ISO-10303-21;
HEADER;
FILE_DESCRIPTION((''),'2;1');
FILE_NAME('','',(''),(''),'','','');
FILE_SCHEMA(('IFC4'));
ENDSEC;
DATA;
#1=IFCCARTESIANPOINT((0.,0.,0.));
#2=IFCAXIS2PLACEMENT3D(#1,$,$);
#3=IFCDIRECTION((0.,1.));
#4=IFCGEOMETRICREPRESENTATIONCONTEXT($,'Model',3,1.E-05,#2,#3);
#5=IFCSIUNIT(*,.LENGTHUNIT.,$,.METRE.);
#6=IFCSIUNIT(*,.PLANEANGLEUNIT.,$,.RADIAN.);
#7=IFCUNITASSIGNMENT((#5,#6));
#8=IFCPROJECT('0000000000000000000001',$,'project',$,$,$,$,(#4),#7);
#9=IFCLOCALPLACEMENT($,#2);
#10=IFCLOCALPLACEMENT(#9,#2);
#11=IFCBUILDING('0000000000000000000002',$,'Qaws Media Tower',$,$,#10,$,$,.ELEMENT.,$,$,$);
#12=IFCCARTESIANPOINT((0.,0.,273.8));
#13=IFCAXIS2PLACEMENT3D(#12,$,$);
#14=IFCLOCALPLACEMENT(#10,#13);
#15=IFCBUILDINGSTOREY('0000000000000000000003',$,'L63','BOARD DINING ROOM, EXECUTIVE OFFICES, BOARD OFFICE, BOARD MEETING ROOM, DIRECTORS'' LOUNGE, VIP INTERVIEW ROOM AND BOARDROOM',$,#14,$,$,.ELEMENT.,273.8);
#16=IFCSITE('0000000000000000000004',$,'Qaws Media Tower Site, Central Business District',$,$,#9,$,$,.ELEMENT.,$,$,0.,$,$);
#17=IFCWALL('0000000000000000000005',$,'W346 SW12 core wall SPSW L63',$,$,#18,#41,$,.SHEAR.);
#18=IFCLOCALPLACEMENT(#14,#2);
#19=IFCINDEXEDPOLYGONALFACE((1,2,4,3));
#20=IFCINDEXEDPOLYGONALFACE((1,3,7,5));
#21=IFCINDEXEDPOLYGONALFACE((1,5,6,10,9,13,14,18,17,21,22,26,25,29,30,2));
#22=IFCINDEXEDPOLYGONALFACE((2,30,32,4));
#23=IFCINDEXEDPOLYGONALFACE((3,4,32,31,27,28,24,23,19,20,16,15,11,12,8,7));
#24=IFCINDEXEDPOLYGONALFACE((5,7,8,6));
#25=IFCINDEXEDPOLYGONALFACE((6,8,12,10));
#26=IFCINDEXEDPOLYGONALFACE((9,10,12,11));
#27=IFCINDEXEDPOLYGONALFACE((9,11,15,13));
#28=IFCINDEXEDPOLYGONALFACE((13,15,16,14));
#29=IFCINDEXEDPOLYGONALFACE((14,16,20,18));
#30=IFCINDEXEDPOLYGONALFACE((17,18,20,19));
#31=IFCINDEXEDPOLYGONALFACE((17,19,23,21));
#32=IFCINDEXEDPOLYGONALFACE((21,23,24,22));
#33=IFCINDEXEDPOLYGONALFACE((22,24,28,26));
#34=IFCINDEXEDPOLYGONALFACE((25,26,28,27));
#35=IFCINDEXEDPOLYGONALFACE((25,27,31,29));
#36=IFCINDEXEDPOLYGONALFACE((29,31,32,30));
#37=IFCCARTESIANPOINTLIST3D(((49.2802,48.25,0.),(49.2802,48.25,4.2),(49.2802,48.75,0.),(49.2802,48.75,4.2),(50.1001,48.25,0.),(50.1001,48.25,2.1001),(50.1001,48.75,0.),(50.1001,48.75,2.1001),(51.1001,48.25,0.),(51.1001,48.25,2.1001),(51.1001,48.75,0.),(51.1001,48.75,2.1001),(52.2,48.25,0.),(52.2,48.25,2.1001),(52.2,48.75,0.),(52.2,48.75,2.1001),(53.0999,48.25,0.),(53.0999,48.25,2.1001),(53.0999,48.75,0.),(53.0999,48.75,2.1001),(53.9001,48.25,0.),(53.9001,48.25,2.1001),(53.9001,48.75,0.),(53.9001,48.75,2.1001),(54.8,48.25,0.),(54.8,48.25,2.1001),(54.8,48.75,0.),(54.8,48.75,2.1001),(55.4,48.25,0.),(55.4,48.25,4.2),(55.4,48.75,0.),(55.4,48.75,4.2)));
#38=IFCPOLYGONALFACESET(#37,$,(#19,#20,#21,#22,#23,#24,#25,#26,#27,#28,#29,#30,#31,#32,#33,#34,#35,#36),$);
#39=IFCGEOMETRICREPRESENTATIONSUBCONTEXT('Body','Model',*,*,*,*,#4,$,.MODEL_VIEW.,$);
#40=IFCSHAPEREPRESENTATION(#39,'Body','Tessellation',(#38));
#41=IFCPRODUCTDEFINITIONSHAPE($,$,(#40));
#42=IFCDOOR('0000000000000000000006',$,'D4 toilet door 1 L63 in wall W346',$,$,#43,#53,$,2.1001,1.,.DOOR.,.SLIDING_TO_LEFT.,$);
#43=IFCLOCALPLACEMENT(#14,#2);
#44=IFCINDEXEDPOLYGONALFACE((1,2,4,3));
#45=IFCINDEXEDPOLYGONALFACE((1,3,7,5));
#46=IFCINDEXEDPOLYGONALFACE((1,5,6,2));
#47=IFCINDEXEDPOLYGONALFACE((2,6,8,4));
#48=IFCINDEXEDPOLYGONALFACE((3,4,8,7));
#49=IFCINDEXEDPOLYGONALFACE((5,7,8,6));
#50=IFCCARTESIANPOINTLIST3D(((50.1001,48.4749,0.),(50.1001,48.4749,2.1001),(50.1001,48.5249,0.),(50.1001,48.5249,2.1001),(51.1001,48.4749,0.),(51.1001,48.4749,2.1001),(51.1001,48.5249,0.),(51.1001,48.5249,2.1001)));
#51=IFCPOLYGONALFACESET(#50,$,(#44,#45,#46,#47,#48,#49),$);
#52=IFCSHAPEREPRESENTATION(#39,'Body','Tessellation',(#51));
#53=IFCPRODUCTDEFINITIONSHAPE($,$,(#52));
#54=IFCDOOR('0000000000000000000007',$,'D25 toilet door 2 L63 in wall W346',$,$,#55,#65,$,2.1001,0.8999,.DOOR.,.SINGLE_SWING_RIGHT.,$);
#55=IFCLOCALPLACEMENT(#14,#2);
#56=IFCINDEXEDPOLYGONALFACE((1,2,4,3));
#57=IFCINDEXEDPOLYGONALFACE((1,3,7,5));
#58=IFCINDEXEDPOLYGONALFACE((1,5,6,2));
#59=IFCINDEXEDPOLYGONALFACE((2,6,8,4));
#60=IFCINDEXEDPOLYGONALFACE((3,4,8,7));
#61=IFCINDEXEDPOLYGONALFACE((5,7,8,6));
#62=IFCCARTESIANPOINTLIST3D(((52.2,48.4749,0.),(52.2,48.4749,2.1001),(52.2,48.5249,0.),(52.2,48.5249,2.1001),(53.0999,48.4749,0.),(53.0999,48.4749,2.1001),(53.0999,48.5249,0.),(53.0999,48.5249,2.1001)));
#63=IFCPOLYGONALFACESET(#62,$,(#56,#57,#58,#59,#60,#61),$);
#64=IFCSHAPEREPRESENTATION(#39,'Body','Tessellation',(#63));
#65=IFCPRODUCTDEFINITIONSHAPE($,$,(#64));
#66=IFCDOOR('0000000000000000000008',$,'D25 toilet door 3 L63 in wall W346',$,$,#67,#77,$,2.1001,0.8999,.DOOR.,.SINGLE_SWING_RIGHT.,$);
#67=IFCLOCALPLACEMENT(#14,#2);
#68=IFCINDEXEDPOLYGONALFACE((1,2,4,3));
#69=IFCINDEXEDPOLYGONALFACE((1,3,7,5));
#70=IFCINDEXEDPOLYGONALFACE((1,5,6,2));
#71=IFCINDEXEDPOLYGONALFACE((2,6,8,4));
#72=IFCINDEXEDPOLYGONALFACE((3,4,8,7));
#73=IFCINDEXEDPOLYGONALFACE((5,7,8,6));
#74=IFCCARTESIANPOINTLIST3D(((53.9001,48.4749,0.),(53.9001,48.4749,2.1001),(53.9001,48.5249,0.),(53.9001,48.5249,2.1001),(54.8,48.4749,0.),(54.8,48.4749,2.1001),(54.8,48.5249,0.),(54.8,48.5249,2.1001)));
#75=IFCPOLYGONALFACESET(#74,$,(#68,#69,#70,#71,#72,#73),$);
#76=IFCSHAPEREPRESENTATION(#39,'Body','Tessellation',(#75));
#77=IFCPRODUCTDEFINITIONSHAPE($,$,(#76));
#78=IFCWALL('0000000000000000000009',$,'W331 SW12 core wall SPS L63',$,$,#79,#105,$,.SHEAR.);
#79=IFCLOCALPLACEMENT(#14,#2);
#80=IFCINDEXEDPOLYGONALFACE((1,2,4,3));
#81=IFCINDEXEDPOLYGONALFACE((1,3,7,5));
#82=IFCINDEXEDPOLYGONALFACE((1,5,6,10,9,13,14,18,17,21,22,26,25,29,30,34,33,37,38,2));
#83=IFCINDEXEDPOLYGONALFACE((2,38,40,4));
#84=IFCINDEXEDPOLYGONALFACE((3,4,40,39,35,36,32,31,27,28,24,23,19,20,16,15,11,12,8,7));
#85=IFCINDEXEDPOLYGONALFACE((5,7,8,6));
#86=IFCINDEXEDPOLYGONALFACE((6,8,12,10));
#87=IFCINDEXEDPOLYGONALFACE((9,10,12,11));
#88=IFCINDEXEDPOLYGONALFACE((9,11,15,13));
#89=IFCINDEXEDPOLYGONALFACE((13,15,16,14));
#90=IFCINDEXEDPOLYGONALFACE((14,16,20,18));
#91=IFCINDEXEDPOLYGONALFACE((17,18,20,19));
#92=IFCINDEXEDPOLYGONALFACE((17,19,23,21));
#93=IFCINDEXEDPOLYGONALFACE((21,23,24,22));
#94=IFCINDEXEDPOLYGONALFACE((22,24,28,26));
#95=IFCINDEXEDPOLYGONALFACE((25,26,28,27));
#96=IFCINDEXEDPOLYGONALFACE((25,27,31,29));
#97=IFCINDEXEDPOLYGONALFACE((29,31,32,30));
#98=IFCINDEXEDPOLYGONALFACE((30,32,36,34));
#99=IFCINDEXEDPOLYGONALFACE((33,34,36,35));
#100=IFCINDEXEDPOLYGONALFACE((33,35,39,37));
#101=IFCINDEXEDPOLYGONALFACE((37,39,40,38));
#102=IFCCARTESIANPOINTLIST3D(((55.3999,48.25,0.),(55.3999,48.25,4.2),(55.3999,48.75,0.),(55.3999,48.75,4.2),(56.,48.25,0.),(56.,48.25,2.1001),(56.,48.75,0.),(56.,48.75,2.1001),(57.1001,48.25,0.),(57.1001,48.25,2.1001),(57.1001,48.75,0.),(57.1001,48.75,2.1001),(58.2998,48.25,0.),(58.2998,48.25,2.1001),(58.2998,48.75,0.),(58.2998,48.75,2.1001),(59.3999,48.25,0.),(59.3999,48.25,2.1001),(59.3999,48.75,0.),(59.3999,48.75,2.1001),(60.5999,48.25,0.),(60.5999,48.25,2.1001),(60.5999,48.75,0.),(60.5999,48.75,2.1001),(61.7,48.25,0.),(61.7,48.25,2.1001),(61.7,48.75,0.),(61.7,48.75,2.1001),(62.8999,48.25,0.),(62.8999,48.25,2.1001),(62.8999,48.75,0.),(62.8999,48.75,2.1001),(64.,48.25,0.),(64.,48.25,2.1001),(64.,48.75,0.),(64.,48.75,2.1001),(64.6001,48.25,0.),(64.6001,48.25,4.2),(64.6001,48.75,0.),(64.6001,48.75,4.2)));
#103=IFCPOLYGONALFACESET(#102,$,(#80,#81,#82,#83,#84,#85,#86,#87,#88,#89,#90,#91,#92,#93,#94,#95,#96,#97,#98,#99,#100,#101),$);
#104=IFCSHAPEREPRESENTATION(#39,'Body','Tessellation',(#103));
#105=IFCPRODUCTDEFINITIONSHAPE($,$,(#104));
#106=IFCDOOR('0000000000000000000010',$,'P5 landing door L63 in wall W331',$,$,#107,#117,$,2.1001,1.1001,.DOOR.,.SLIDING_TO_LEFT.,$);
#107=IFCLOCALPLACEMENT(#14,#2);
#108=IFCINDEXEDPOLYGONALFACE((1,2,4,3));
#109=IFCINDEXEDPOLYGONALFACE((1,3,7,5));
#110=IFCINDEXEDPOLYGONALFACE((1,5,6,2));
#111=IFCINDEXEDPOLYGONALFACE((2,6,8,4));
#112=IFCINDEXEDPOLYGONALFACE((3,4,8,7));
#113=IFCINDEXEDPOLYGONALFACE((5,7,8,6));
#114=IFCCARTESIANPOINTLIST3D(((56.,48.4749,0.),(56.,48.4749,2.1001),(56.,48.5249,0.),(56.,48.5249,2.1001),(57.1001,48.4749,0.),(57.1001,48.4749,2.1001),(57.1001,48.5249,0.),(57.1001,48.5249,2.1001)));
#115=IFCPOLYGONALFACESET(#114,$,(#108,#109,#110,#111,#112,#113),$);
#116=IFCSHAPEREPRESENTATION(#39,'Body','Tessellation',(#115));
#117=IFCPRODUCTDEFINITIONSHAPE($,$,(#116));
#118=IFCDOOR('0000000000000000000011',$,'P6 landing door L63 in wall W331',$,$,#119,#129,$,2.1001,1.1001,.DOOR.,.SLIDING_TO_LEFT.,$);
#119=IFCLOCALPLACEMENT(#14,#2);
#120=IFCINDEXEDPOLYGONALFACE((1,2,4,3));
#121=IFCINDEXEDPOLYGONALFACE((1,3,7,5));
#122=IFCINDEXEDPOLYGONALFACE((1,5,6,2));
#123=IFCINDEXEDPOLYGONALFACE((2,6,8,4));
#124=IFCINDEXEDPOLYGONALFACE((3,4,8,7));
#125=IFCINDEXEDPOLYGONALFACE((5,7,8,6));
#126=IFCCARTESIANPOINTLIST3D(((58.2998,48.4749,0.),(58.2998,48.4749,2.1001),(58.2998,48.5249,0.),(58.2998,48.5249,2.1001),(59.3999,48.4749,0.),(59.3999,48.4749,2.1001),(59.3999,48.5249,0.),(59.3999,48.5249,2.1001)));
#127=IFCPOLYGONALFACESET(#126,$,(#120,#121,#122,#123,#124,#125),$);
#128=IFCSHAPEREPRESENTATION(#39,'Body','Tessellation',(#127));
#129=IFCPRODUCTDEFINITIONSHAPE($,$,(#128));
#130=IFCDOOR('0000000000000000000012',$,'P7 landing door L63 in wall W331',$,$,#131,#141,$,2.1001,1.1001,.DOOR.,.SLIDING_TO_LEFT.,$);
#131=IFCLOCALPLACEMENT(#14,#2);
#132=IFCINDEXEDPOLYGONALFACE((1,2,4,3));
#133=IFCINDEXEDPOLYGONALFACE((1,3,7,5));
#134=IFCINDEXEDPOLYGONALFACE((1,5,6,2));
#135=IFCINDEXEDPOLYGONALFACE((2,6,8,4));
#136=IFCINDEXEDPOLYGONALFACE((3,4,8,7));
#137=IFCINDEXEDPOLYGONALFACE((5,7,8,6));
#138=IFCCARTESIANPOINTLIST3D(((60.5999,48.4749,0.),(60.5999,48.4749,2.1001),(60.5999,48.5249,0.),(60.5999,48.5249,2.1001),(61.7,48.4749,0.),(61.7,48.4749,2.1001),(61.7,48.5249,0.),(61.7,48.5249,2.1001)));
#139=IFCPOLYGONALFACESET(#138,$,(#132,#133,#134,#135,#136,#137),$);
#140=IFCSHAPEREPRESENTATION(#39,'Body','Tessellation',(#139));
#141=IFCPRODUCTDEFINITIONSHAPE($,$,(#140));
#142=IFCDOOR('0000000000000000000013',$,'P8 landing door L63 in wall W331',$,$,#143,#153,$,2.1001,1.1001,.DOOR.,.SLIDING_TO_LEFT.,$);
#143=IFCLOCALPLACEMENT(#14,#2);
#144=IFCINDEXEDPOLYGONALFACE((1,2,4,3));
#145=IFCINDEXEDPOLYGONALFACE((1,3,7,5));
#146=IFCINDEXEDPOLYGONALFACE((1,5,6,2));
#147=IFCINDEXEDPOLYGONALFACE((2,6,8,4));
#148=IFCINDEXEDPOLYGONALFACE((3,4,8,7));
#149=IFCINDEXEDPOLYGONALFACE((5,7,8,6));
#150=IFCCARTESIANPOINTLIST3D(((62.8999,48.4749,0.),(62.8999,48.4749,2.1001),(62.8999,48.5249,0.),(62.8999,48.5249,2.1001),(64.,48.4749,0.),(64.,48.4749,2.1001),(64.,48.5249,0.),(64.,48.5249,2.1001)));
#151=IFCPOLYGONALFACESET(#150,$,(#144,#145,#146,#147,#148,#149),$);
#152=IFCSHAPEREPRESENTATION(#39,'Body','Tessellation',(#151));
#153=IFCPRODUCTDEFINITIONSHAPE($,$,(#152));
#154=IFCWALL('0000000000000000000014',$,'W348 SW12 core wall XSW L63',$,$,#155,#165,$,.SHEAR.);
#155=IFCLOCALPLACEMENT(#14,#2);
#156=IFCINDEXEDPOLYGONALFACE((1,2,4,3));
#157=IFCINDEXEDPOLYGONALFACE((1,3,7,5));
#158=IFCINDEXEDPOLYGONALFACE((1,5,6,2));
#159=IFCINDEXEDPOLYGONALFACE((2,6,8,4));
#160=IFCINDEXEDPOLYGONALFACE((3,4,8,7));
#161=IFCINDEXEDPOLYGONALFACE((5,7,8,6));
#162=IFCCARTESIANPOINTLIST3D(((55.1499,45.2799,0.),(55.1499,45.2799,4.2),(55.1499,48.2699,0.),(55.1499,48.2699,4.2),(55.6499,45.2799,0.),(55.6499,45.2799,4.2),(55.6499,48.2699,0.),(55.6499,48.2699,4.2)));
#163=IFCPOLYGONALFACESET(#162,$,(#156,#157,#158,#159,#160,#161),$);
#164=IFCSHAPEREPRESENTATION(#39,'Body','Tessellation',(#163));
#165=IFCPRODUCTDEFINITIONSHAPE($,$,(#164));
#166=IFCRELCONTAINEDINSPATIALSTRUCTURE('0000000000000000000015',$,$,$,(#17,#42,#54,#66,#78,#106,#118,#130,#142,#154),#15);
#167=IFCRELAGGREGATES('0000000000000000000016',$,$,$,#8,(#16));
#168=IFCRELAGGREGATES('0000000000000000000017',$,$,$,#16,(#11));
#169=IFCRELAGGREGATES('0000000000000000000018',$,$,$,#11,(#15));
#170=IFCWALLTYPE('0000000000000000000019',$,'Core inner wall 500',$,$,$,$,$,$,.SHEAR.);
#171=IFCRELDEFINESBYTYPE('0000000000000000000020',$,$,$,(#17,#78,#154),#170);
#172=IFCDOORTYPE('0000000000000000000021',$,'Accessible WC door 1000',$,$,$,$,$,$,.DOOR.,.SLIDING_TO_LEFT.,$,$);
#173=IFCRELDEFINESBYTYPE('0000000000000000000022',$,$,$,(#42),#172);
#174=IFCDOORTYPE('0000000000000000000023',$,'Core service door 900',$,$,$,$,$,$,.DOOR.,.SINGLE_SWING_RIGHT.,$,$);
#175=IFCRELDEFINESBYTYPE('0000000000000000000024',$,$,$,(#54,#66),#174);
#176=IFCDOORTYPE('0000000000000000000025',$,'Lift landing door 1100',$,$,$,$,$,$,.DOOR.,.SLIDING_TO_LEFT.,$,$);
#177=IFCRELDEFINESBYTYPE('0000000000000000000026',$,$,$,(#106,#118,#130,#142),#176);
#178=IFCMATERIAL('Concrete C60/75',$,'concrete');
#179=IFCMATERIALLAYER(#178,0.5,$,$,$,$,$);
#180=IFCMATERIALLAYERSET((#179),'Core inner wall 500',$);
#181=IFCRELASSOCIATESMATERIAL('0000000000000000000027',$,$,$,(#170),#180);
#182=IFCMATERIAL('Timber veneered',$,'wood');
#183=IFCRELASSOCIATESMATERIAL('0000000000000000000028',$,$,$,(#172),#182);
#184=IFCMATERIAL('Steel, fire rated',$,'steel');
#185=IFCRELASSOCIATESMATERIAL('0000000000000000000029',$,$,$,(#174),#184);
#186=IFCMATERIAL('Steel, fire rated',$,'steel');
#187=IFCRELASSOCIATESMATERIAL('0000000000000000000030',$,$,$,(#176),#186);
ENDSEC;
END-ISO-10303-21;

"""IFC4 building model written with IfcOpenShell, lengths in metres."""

from ifc_helpers import new_model, si_unit, direction, frame, frame_2d, origin, place, context, subcontext, project, spatial, rectangle, extrude, material, layer, layer_set, type_object, element, fill, save


model = new_model("IFC4")

# Units and contexts
model_context = context("Model", 3, precision=1e-05, world=origin(), true_north=direction((0.0, 1.0)))
body_context = subcontext(model_context, "Body", "Model", "MODEL_VIEW")
ifc_project = project(units=[si_unit("LENGTHUNIT", "METRE"), si_unit("PLANEANGLEUNIT", "RADIAN")], contexts=[model_context])

# Site, building, storey
site_placement = place(None, origin())
site = spatial("IfcSite", under=ifc_project, at=site_placement, Name="Qaws Media Tower Site, Central Business District", CompositionType="ELEMENT", RefElevation=0.0)
building_placement = place(site_placement, origin())
building = spatial("IfcBuilding", under=site, at=building_placement, Name="Qaws Media Tower", CompositionType="ELEMENT")
storey_placement = place(building_placement, frame((0.0, 0.0, 273.8)))
storey = spatial("IfcBuildingStorey", under=building, at=storey_placement, Name="L63", Description="BOARD DINING ROOM, EXECUTIVE OFFICES, BOARD OFFICE, BOARD MEETING ROOM, DIRECTORS' LOUNGE, VIP INTERVIEW ROOM AND BOARDROOM", CompositionType="ELEMENT", Elevation=273.8)

# Shared definitions
ifc_material_1 = material(Name="Concrete C60/75", Category="concrete")
ifc_layer_1 = layer(ifc_material_1, 0.5)
ifc_layer_set_1 = layer_set([ifc_layer_1], Name="Core inner wall 500")
wall_type_1 = type_object("IfcWallType", Name="Core inner wall 500", PredefinedType="SHEAR", material=ifc_layer_set_1)

# Walls, openings, doors
wall_1_placement = place(storey_placement, frame((49.28, 48.5, 0.0), z_axis=(0.0, 0.0, 1.0), x_axis=(1.0, 0.0, 0.0)))
wall_1 = element("IfcWall", 1, at=wall_1_placement, inside=storey, type_object=wall_type_1, Name="W346 SW12 core wall SPSW L63", PredefinedType="SHEAR", context=body_context, shape_type="SweptSolid", body=[
    extrude(rectangle(XDim=6.1199, YDim=0.5, at=frame_2d((3.0601, 0.0))), origin(), (0.0, 0.0, 1.0), 4.2),
])
opening_1_placement = place(wall_1_placement, frame((0.8201, 0.0, 0.0)))
opening_1 = element("IfcOpeningElement", 2, at=opening_1_placement, cuts=wall_1, PredefinedType="OPENING", context=body_context, shape_type="SweptSolid", body=[
    extrude(rectangle(XDim=1.0, YDim=2.1001, at=frame_2d((0.5, 1.05))), frame((0.0, 0.26, 0.0), z_axis=(0.0, -1.0, 0.0), x_axis=(1.0, 0.0, 0.0)), (0.0, 0.0, 1.0), 0.52),
])
opening_2_placement = place(wall_1_placement, frame((2.9199, 0.0, 0.0)))
opening_2 = element("IfcOpeningElement", 3, at=opening_2_placement, cuts=wall_1, PredefinedType="OPENING", context=body_context, shape_type="SweptSolid", body=[
    extrude(rectangle(XDim=0.8999, YDim=2.1001, at=frame_2d((0.45, 1.05))), frame((0.0, 0.26, 0.0), z_axis=(0.0, -1.0, 0.0), x_axis=(1.0, 0.0, 0.0)), (0.0, 0.0, 1.0), 0.52),
])
opening_3_placement = place(wall_1_placement, frame((4.6201, 0.0, 0.0)))
opening_3 = element("IfcOpeningElement", 4, at=opening_3_placement, cuts=wall_1, PredefinedType="OPENING", context=body_context, shape_type="SweptSolid", body=[
    extrude(rectangle(XDim=0.8999, YDim=2.1001, at=frame_2d((0.45, 1.05))), frame((0.0, 0.26, 0.0), z_axis=(0.0, -1.0, 0.0), x_axis=(1.0, 0.0, 0.0)), (0.0, 0.0, 1.0), 0.52),
])
ifc_material_2 = material(Name="Timber veneered", Category="wood")
door_type_1 = type_object("IfcDoorType", Name="Accessible WC door 1000", OperationType="SLIDING_TO_LEFT", PredefinedType="DOOR", material=ifc_material_2)
door_1_placement = place(opening_1_placement, origin())
door_1 = element("IfcDoor", 5, at=door_1_placement, inside=storey, type_object=door_type_1, Name="D4 toilet door 1 L63 in wall W346", OperationType="SLIDING_TO_LEFT", OverallHeight=2.1001, OverallWidth=1.0, PredefinedType="DOOR", context=body_context, shape_type="SweptSolid", body=[
    extrude(rectangle(XDim=1.0, YDim=2.1001, at=frame_2d((0.5, 1.05))), frame((0.0, 0.0249, 0.0), z_axis=(0.0, -1.0, 0.0), x_axis=(1.0, 0.0, 0.0)), (0.0, 0.0, 1.0), 0.05),
])
fill(opening_1, door_1)
ifc_material_3 = material(Name="Steel, fire rated", Category="steel")
door_type_2 = type_object("IfcDoorType", Name="Core service door 900", OperationType="SINGLE_SWING_RIGHT", PredefinedType="DOOR", material=ifc_material_3)
door_2_placement = place(opening_2_placement, origin())
door_2 = element("IfcDoor", 6, at=door_2_placement, inside=storey, type_object=door_type_2, Name="D25 toilet door 2 L63 in wall W346", OperationType="SINGLE_SWING_RIGHT", OverallHeight=2.1001, OverallWidth=0.8999, PredefinedType="DOOR", context=body_context, shape_type="SweptSolid", body=[
    extrude(rectangle(XDim=0.8999, YDim=2.1001, at=frame_2d((0.45, 1.05))), frame((0.0, 0.0249, 0.0), z_axis=(0.0, -1.0, 0.0), x_axis=(1.0, 0.0, 0.0)), (0.0, 0.0, 1.0), 0.05),
])
fill(opening_2, door_2)
door_3_placement = place(opening_3_placement, origin())
door_3 = element("IfcDoor", 7, at=door_3_placement, inside=storey, type_object=door_type_2, Name="D25 toilet door 3 L63 in wall W346", OperationType="SINGLE_SWING_RIGHT", OverallHeight=2.1001, OverallWidth=0.8999, PredefinedType="DOOR", context=body_context, shape_type="SweptSolid", body=[
    extrude(rectangle(XDim=0.8999, YDim=2.1001, at=frame_2d((0.45, 1.05))), frame((0.0, 0.0249, 0.0), z_axis=(0.0, -1.0, 0.0), x_axis=(1.0, 0.0, 0.0)), (0.0, 0.0, 1.0), 0.05),
])
fill(opening_3, door_3)
wall_2_placement = place(storey_placement, frame((55.3999, 48.5, 0.0), z_axis=(0.0, 0.0, 1.0), x_axis=(1.0, 0.0, 0.0)))
wall_2 = element("IfcWall", 8, at=wall_2_placement, inside=storey, type_object=wall_type_1, Name="W331 SW12 core wall SPS L63", PredefinedType="SHEAR", context=body_context, shape_type="SweptSolid", body=[
    extrude(rectangle(XDim=9.2002, YDim=0.5, at=frame_2d((4.6001, 0.0))), origin(), (0.0, 0.0, 1.0), 4.2),
])
opening_4_placement = place(wall_2_placement, frame((0.6001, 0.0, 0.0)))
opening_4 = element("IfcOpeningElement", 9, at=opening_4_placement, cuts=wall_2, PredefinedType="OPENING", context=body_context, shape_type="SweptSolid", body=[
    extrude(rectangle(XDim=1.1001, YDim=2.1001, at=frame_2d((0.55, 1.05))), frame((0.0, 0.26, 0.0), z_axis=(0.0, -1.0, 0.0), x_axis=(1.0, 0.0, 0.0)), (0.0, 0.0, 1.0), 0.52),
])
opening_5_placement = place(wall_2_placement, frame((2.8999, 0.0, 0.0)))
opening_5 = element("IfcOpeningElement", 10, at=opening_5_placement, cuts=wall_2, PredefinedType="OPENING", context=body_context, shape_type="SweptSolid", body=[
    extrude(rectangle(XDim=1.1001, YDim=2.1001, at=frame_2d((0.55, 1.05))), frame((0.0, 0.26, 0.0), z_axis=(0.0, -1.0, 0.0), x_axis=(1.0, 0.0, 0.0)), (0.0, 0.0, 1.0), 0.52),
])
opening_6_placement = place(wall_2_placement, frame((5.2, 0.0, 0.0)))
opening_6 = element("IfcOpeningElement", 11, at=opening_6_placement, cuts=wall_2, PredefinedType="OPENING", context=body_context, shape_type="SweptSolid", body=[
    extrude(rectangle(XDim=1.1001, YDim=2.1001, at=frame_2d((0.55, 1.05))), frame((0.0, 0.26, 0.0), z_axis=(0.0, -1.0, 0.0), x_axis=(1.0, 0.0, 0.0)), (0.0, 0.0, 1.0), 0.52),
])
opening_7_placement = place(wall_2_placement, frame((7.5, 0.0, 0.0)))
opening_7 = element("IfcOpeningElement", 12, at=opening_7_placement, cuts=wall_2, PredefinedType="OPENING", context=body_context, shape_type="SweptSolid", body=[
    extrude(rectangle(XDim=1.1001, YDim=2.1001, at=frame_2d((0.55, 1.05))), frame((0.0, 0.26, 0.0), z_axis=(0.0, -1.0, 0.0), x_axis=(1.0, 0.0, 0.0)), (0.0, 0.0, 1.0), 0.52),
])
ifc_material_4 = material(Name="Steel, fire rated", Category="steel")
door_type_3 = type_object("IfcDoorType", Name="Lift landing door 1100", OperationType="SLIDING_TO_LEFT", PredefinedType="DOOR", material=ifc_material_4)
door_4_placement = place(opening_4_placement, origin())
door_4 = element("IfcDoor", 13, at=door_4_placement, inside=storey, type_object=door_type_3, Name="P5 landing door L63 in wall W331", OperationType="SLIDING_TO_LEFT", OverallHeight=2.1001, OverallWidth=1.1001, PredefinedType="DOOR", context=body_context, shape_type="SweptSolid", body=[
    extrude(rectangle(XDim=1.1001, YDim=2.1001, at=frame_2d((0.55, 1.05))), frame((0.0, 0.0249, 0.0), z_axis=(0.0, -1.0, 0.0), x_axis=(1.0, 0.0, 0.0)), (0.0, 0.0, 1.0), 0.05),
])
fill(opening_4, door_4)
door_5_placement = place(opening_5_placement, origin())
door_5 = element("IfcDoor", 14, at=door_5_placement, inside=storey, type_object=door_type_3, Name="P6 landing door L63 in wall W331", OperationType="SLIDING_TO_LEFT", OverallHeight=2.1001, OverallWidth=1.1001, PredefinedType="DOOR", context=body_context, shape_type="SweptSolid", body=[
    extrude(rectangle(XDim=1.1001, YDim=2.1001, at=frame_2d((0.55, 1.05))), frame((0.0, 0.0249, 0.0), z_axis=(0.0, -1.0, 0.0), x_axis=(1.0, 0.0, 0.0)), (0.0, 0.0, 1.0), 0.05),
])
fill(opening_5, door_5)
door_6_placement = place(opening_6_placement, origin())
door_6 = element("IfcDoor", 15, at=door_6_placement, inside=storey, type_object=door_type_3, Name="P7 landing door L63 in wall W331", OperationType="SLIDING_TO_LEFT", OverallHeight=2.1001, OverallWidth=1.1001, PredefinedType="DOOR", context=body_context, shape_type="SweptSolid", body=[
    extrude(rectangle(XDim=1.1001, YDim=2.1001, at=frame_2d((0.55, 1.05))), frame((0.0, 0.0249, 0.0), z_axis=(0.0, -1.0, 0.0), x_axis=(1.0, 0.0, 0.0)), (0.0, 0.0, 1.0), 0.05),
])
fill(opening_6, door_6)
door_7_placement = place(opening_7_placement, origin())
door_7 = element("IfcDoor", 16, at=door_7_placement, inside=storey, type_object=door_type_3, Name="P8 landing door L63 in wall W331", OperationType="SLIDING_TO_LEFT", OverallHeight=2.1001, OverallWidth=1.1001, PredefinedType="DOOR", context=body_context, shape_type="SweptSolid", body=[
    extrude(rectangle(XDim=1.1001, YDim=2.1001, at=frame_2d((0.55, 1.05))), frame((0.0, 0.0249, 0.0), z_axis=(0.0, -1.0, 0.0), x_axis=(1.0, 0.0, 0.0)), (0.0, 0.0, 1.0), 0.05),
])
fill(opening_7, door_7)

# Wall
wall_3_placement = place(storey_placement, frame((55.3999, 48.27, 0.0), z_axis=(0.0, 0.0, 1.0), x_axis=(0.0, -1.0, 0.0)))
element("IfcWall", 17, at=wall_3_placement, inside=storey, type_object=wall_type_1, Name="W348 SW12 core wall XSW L63", PredefinedType="SHEAR", context=body_context, shape_type="SweptSolid", body=[
    extrude(rectangle(XDim=2.99, YDim=0.5, at=frame_2d((1.4951, 0.0))), origin(), (0.0, 0.0, 1.0), 4.2),
])

save(model, "model.ifc")
